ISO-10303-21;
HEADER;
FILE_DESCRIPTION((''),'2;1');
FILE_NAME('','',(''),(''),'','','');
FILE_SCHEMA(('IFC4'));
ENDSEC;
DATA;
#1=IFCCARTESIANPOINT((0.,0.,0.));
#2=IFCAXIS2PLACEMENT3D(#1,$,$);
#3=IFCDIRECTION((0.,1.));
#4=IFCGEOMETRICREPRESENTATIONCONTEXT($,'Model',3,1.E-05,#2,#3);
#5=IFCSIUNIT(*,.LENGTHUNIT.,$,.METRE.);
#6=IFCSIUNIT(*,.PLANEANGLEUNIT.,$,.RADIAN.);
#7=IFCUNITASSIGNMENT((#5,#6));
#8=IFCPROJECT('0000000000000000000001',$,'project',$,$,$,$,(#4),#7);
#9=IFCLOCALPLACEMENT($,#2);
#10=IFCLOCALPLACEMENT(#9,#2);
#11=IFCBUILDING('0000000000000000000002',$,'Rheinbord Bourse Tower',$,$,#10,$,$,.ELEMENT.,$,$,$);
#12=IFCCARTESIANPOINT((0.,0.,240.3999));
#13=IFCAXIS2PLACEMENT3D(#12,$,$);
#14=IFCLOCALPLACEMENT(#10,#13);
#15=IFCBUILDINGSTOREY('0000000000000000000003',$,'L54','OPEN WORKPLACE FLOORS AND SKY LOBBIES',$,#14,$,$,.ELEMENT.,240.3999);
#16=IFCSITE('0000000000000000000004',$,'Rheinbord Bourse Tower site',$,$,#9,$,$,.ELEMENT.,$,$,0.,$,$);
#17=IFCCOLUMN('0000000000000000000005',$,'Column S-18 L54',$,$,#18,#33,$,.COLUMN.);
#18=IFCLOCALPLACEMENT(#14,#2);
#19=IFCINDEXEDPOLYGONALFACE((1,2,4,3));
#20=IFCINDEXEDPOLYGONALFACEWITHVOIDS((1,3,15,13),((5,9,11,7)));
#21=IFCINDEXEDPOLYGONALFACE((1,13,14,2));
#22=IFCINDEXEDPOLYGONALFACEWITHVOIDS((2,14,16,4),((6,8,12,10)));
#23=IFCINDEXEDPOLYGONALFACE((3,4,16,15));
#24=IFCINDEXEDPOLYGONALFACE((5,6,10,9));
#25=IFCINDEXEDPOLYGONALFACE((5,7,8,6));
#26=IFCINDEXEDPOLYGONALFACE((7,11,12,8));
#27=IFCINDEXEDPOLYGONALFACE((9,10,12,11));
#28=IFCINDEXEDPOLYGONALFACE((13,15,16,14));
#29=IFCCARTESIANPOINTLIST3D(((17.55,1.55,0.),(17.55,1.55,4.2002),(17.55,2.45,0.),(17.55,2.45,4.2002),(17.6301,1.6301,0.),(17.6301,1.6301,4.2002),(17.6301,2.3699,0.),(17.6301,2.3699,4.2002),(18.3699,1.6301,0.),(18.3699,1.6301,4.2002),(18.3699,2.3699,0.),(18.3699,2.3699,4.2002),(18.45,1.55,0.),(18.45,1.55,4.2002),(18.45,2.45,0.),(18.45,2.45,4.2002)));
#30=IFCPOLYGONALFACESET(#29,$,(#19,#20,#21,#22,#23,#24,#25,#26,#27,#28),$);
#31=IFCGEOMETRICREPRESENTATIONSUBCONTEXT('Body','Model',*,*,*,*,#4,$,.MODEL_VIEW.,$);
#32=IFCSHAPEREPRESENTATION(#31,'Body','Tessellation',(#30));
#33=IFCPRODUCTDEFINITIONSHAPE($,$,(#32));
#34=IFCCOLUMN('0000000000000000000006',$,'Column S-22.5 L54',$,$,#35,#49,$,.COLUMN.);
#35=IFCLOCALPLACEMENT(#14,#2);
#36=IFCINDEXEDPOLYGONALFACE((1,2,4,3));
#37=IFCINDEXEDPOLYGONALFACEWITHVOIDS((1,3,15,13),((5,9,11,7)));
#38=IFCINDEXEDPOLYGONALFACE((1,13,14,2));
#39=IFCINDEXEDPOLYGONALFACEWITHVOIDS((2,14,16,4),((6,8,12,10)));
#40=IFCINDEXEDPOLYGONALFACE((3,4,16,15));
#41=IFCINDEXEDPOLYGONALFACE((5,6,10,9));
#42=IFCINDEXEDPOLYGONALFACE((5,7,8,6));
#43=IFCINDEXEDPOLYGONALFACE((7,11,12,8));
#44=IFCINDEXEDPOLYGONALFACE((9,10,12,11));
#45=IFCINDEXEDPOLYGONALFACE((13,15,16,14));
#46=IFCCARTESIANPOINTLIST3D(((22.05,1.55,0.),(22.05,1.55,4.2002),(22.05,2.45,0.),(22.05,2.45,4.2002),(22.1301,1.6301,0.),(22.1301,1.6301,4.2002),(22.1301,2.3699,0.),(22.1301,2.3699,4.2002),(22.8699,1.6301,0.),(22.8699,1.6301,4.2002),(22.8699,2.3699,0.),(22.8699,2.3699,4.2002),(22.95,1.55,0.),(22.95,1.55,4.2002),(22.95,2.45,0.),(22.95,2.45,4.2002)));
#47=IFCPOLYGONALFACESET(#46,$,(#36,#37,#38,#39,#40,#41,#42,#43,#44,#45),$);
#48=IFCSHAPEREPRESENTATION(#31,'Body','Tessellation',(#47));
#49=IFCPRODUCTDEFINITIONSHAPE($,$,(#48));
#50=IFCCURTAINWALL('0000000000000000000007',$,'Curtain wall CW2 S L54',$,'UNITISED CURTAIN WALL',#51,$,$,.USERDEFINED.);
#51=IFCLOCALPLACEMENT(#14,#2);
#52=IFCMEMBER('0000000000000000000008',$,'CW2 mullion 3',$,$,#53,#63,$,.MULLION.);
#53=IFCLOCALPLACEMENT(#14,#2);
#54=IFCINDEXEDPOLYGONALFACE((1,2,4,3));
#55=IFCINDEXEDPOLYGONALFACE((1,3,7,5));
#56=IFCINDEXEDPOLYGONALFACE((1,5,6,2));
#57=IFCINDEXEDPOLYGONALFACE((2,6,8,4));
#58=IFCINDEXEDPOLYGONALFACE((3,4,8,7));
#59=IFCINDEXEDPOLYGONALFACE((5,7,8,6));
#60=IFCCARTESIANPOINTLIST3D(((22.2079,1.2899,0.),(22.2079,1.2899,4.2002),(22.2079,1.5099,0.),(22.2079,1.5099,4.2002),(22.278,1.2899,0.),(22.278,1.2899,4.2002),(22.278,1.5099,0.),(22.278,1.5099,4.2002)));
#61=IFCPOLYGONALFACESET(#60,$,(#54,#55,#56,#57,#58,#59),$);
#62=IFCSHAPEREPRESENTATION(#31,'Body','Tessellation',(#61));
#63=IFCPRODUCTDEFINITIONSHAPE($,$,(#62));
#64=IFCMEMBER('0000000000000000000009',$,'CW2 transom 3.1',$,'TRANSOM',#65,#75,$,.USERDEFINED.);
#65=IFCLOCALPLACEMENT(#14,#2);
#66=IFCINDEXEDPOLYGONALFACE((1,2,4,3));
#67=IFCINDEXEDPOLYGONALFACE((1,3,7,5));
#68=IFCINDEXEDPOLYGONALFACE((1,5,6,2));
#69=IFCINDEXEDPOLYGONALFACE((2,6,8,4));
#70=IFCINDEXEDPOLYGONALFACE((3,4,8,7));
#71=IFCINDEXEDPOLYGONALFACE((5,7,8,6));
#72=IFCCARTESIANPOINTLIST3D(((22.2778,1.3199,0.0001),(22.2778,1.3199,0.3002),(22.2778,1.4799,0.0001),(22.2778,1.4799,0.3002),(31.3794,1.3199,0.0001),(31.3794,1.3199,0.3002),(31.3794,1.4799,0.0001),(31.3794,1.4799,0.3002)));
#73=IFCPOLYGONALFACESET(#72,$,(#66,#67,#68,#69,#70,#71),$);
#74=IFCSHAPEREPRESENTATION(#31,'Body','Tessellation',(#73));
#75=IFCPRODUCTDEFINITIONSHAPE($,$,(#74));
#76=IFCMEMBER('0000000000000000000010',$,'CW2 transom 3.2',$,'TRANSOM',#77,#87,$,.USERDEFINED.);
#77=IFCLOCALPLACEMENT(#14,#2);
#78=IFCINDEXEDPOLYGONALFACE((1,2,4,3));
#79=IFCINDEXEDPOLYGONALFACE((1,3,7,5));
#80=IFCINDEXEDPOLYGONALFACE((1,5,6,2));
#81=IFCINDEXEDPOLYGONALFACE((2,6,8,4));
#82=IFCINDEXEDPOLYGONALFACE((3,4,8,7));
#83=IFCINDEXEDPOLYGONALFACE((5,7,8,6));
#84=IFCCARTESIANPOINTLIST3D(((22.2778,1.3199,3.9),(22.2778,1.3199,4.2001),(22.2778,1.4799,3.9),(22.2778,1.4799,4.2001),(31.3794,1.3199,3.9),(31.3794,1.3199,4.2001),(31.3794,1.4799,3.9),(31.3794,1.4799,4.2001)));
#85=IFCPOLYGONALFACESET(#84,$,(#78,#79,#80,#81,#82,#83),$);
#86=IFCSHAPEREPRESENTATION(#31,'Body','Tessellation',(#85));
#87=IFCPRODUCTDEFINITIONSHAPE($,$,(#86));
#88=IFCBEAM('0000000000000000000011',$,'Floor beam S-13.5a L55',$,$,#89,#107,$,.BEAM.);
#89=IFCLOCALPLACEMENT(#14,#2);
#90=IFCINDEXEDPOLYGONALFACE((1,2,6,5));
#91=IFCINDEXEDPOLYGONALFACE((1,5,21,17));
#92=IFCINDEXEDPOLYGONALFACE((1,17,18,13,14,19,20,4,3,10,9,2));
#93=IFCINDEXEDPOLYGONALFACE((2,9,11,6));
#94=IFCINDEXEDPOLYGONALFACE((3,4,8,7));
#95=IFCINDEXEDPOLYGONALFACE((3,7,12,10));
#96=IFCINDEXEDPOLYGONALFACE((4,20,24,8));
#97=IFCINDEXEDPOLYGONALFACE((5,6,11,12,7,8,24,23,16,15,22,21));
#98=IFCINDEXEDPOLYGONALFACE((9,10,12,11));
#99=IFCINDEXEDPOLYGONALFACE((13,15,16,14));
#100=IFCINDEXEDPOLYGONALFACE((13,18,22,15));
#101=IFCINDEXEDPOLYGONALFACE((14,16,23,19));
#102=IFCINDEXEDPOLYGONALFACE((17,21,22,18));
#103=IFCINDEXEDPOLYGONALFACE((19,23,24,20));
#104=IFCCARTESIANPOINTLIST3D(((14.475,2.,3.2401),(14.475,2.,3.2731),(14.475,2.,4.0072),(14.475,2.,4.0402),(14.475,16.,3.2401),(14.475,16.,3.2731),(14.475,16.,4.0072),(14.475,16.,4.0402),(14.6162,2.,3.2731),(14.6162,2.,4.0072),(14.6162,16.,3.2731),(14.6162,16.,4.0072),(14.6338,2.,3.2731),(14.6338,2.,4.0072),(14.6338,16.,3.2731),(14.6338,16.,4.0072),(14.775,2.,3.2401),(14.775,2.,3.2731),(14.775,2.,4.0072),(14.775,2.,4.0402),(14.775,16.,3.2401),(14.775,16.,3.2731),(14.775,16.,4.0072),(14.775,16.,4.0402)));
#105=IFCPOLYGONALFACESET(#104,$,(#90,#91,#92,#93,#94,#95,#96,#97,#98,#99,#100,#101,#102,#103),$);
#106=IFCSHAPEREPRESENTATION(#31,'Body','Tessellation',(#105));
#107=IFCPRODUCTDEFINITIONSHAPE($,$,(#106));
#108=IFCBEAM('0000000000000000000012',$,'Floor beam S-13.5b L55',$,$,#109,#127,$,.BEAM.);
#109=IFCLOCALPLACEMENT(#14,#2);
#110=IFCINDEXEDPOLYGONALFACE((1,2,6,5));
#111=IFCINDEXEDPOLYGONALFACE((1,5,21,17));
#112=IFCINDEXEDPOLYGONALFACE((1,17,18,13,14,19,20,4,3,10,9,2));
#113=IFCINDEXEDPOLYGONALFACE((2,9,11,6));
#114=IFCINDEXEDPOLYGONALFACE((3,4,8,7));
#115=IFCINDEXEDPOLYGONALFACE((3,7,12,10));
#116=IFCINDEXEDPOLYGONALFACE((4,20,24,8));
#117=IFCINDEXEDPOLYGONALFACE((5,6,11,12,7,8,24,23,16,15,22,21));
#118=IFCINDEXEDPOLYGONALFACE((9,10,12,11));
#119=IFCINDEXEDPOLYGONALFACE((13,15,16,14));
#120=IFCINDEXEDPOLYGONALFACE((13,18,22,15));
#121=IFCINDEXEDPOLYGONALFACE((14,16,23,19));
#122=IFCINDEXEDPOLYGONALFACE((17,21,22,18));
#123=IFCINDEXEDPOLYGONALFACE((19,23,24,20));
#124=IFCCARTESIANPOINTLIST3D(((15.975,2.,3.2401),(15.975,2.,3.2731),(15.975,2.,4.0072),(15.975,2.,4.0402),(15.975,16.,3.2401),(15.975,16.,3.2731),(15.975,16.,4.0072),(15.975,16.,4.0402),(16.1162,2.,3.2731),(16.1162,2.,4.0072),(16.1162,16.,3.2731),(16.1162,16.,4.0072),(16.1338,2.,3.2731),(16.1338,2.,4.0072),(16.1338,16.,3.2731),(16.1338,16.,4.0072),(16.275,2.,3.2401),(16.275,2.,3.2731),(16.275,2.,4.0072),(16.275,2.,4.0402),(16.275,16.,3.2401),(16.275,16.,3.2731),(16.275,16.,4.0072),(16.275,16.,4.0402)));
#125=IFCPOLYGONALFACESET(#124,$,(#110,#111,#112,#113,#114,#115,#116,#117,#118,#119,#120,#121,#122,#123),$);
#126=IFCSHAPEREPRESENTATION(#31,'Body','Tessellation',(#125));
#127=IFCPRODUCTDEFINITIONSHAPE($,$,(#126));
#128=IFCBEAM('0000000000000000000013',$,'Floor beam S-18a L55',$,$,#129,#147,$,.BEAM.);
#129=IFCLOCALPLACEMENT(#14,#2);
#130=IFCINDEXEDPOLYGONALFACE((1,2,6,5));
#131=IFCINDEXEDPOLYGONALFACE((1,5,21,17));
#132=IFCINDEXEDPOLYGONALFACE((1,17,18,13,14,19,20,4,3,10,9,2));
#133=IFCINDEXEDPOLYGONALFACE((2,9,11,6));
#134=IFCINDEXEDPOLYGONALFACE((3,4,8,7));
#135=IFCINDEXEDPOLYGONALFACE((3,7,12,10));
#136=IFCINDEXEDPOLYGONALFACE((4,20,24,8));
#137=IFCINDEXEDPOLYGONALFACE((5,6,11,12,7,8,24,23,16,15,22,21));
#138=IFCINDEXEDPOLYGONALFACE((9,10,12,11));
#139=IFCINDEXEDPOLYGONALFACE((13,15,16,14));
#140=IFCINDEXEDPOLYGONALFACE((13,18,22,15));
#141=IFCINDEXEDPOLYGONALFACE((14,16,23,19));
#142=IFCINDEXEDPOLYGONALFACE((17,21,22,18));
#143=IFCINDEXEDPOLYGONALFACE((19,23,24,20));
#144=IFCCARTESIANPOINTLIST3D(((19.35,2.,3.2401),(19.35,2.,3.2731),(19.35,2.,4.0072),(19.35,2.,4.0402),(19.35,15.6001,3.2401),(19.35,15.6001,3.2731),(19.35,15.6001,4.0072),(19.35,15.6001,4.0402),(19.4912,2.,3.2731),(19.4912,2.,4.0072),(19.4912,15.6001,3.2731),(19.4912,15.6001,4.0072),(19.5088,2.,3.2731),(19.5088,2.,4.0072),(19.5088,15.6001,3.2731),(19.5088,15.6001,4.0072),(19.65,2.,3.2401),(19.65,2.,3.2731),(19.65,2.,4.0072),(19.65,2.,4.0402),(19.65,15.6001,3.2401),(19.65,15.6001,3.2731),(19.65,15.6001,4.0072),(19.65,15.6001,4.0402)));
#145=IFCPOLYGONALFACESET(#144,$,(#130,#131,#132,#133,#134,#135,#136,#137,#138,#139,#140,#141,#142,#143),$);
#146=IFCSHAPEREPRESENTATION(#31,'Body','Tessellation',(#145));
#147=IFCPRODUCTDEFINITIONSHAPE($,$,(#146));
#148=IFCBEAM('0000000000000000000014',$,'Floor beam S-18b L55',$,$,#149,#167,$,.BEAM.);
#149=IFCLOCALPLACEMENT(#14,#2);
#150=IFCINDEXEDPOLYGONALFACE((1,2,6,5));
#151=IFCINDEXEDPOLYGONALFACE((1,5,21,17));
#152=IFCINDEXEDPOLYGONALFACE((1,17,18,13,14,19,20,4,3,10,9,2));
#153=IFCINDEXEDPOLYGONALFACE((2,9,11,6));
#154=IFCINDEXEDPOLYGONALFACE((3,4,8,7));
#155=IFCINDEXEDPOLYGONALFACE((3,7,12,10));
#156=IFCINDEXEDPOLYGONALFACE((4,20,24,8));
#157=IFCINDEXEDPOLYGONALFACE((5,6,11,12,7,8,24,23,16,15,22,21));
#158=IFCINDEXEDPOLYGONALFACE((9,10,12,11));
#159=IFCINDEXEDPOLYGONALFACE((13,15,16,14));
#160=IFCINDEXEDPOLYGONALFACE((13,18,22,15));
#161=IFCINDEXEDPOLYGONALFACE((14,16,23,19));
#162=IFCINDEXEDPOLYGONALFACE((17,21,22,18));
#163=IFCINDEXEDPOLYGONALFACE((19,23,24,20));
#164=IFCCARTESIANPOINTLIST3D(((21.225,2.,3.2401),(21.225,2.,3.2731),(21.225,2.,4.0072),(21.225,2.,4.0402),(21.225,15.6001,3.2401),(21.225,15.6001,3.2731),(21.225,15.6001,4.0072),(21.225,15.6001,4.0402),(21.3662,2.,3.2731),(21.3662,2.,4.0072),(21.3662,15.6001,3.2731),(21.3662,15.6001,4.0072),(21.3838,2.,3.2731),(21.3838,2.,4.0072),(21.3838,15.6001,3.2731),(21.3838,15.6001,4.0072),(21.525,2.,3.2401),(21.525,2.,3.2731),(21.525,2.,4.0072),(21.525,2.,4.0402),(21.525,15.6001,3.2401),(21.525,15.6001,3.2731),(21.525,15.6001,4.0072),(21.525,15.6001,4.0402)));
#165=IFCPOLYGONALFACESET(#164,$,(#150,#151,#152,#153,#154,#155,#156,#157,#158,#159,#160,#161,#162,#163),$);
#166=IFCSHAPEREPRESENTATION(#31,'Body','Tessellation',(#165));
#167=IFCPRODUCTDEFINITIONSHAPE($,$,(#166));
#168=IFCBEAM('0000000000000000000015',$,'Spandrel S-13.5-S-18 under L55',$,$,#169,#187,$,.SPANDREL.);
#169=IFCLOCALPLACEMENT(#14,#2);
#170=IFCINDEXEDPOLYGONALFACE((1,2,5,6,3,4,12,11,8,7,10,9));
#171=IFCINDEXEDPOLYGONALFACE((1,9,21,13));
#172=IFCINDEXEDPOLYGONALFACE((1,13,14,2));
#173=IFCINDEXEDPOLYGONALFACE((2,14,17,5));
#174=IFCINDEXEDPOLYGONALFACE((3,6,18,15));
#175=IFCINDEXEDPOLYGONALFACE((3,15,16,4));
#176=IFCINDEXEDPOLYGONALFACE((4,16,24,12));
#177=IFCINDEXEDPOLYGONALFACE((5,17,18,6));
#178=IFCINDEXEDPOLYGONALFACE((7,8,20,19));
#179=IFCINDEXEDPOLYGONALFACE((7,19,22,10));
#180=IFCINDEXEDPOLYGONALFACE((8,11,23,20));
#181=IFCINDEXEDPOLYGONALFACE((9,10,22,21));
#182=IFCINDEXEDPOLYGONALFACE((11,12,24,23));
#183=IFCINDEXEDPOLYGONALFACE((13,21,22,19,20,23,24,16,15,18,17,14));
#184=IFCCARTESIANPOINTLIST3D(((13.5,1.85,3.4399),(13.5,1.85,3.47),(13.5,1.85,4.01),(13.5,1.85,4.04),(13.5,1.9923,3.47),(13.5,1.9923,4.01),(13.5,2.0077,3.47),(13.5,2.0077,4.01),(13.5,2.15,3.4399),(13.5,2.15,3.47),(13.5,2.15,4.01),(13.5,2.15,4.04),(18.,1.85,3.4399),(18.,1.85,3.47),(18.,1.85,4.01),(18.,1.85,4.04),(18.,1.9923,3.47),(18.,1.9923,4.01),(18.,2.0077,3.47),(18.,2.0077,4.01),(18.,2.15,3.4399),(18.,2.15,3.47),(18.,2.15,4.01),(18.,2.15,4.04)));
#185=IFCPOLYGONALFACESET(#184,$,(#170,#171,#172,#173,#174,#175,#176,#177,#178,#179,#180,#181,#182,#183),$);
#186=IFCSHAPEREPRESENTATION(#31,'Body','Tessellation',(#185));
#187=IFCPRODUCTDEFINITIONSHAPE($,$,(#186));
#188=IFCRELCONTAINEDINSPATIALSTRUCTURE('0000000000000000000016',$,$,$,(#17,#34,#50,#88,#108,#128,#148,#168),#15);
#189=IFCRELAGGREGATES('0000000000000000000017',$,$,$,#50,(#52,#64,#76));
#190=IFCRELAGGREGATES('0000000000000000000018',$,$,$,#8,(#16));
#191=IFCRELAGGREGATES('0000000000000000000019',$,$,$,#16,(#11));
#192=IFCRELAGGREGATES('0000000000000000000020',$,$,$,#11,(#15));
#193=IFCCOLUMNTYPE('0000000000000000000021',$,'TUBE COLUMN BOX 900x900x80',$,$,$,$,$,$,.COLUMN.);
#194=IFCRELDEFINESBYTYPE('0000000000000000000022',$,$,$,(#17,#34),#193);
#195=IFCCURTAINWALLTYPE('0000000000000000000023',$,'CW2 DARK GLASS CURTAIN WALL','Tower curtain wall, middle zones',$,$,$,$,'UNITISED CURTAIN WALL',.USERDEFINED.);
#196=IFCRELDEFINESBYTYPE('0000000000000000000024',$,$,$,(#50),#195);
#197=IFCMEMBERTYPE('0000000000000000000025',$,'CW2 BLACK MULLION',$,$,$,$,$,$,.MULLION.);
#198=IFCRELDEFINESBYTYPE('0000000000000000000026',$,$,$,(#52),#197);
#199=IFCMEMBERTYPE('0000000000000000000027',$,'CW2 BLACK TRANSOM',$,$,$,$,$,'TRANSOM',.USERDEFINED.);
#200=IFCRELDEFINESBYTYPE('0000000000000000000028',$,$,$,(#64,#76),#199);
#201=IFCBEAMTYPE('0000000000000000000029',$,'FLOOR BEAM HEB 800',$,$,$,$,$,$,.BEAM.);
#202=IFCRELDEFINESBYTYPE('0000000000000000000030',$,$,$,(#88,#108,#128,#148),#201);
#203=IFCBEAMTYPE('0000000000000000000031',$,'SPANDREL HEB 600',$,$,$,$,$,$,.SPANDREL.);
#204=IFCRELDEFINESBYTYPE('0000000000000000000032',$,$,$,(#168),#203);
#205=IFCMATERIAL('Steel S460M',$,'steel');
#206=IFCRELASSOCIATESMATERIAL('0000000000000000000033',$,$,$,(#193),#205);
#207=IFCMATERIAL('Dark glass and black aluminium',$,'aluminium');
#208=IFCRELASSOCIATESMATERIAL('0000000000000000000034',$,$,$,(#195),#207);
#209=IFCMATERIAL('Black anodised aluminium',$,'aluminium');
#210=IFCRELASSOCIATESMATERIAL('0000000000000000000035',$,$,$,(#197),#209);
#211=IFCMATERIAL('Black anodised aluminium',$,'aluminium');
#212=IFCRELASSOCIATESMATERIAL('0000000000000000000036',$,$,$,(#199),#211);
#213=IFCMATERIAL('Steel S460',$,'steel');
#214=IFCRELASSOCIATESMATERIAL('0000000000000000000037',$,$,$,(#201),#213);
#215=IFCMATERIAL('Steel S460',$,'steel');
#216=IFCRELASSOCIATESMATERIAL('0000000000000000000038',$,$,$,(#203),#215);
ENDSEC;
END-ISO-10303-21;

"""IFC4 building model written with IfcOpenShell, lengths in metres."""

from ifc_helpers import new_model, si_unit, direction, frame, origin, origin_2d, place, context, subcontext, project, spatial, rectangle, hollow_rectangle, i_section, extrude, material, material_profile, profile_set, type_object, element, aggregate, save


model = new_model("IFC4")

# Units and contexts
model_context = context("Model", 3, precision=1e-05, world=origin(), true_north=direction((0.0, 1.0)))
body_context = subcontext(model_context, "Body", "Model", "MODEL_VIEW")
ifc_project = project(units=[si_unit("LENGTHUNIT", "METRE"), si_unit("PLANEANGLEUNIT", "RADIAN")], contexts=[model_context])

# Site, building, storey
site_placement = place(None, origin())
site = spatial("IfcSite", under=ifc_project, at=site_placement, Name="Rheinbord Bourse Tower site", CompositionType="ELEMENT", RefElevation=0.0)
building_placement = place(site_placement, origin())
building = spatial("IfcBuilding", under=site, at=building_placement, Name="Rheinbord Bourse Tower", CompositionType="ELEMENT")
storey_placement = place(building_placement, frame((0.0, 0.0, 240.3999)))
storey = spatial("IfcBuildingStorey", under=building, at=storey_placement, Name="L54", Description="OPEN WORKPLACE FLOORS AND SKY LOBBIES", CompositionType="ELEMENT", Elevation=240.3999)

# Columns
ifc_material_1 = material(Name="Steel S460M", Category="steel")
ifc_material_profile_1 = material_profile(ifc_material_1, hollow_rectangle(XDim=0.8999, YDim=0.8999, WallThickness=0.0801, at=origin_2d()), Name="BOX 900x900x80")
ifc_profile_set_1 = profile_set([ifc_material_profile_1], Name="Steel S460M")
column_type = type_object("IfcColumnType", Name="TUBE COLUMN BOX 900x900x80", PredefinedType="COLUMN", material=ifc_profile_set_1)
for number, where, z_axis, x_axis, name in (
    (1, (18.0, 2.0, 0.0), (0.0, 0.0, 1.0), (0.0, 1.0, 0.0), "Column S-18 L54"),
    (2, (22.5, 2.0, 0.0), (0.0, 0.0, 1.0), (0.0, 1.0, 0.0), "Column S-22.5 L54"),
):
    element("IfcColumn", number, at=place(storey_placement, frame(where, z_axis=z_axis, x_axis=x_axis)), inside=storey, type_object=column_type, Name=name, PredefinedType="COLUMN", context=body_context, shape_type="SweptSolid", body=[
        extrude(hollow_rectangle(XDim=0.8999, YDim=0.8999, WallThickness=0.0801, at=origin_2d()), origin(), (0.0, 0.0, 1.0), 4.2002),
    ])

# Curtain wall, members
ifc_material_2 = material(Name="Dark glass and black aluminium", Category="aluminium")
curtain_wall_type = type_object("IfcCurtainWallType", Name="CW2 DARK GLASS CURTAIN WALL", Description="Tower curtain wall, middle zones", ElementType="UNITISED CURTAIN WALL", PredefinedType="USERDEFINED", material=ifc_material_2)
curtain_wall_placement = place(storey_placement, origin())
curtain_wall = element("IfcCurtainWall", 3, at=curtain_wall_placement, inside=storey, type_object=curtain_wall_type, Name="Curtain wall CW2 S L54", ObjectType="UNITISED CURTAIN WALL", PredefinedType="USERDEFINED")
ifc_material_3 = material(Name="Black anodised aluminium", Category="aluminium")
ifc_material_profile_2 = material_profile(ifc_material_3, rectangle(XDim=0.22, YDim=0.0701, at=origin_2d()), Name="CW2 MULLION 70x220")
ifc_profile_set_2 = profile_set([ifc_material_profile_2], Name="Black anodised aluminium")
member_type_1 = type_object("IfcMemberType", Name="CW2 BLACK MULLION", PredefinedType="MULLION", material=ifc_profile_set_2)
member_1_placement = place(storey_placement, frame((22.2429, 1.3999, 0.0), z_axis=(0.0, 0.0, 1.0), x_axis=(0.0, 1.0, 0.0)))
member_1 = element("IfcMember", 4, at=member_1_placement, type_object=member_type_1, Name="CW2 mullion 3", PredefinedType="MULLION", context=body_context, shape_type="SweptSolid", body=[
    extrude(rectangle(XDim=0.22, YDim=0.0701, at=origin_2d()), origin(), (0.0, 0.0, 1.0), 4.2002),
])
ifc_material_4 = material(Name="Black anodised aluminium", Category="aluminium")
ifc_material_profile_3 = material_profile(ifc_material_4, rectangle(XDim=0.1599, YDim=0.3, at=origin_2d()), Name="CW2 TRANSOM 300x160")
ifc_profile_set_3 = profile_set([ifc_material_profile_3], Name="Black anodised aluminium")
member_type_2 = type_object("IfcMemberType", Name="CW2 BLACK TRANSOM", ElementType="TRANSOM", PredefinedType="USERDEFINED", material=ifc_profile_set_3)
member_2_placement = place(storey_placement, frame((22.2778, 1.3999, 0.1501), z_axis=(1.0, 0.0, 0.0), x_axis=(0.0, 1.0, 0.0)))
member_2 = element("IfcMember", 5, at=member_2_placement, type_object=member_type_2, Name="CW2 transom 3.1", ObjectType="TRANSOM", PredefinedType="USERDEFINED", context=body_context, shape_type="SweptSolid", body=[
    extrude(rectangle(XDim=0.1599, YDim=0.3, at=origin_2d()), origin(), (0.0, 0.0, 1.0), 9.1016),
])
member_3_placement = place(storey_placement, frame((22.2778, 1.3999, 4.05), z_axis=(1.0, 0.0, 0.0), x_axis=(0.0, 1.0, 0.0)))
member_3 = element("IfcMember", 6, at=member_3_placement, type_object=member_type_2, Name="CW2 transom 3.2", ObjectType="TRANSOM", PredefinedType="USERDEFINED", context=body_context, shape_type="SweptSolid", body=[
    extrude(rectangle(XDim=0.1599, YDim=0.3, at=origin_2d()), origin(), (0.0, 0.0, 1.0), 9.1016),
])

# Beams
ifc_material_5 = material(Name="Steel S460", Category="steel")
ifc_material_profile_4 = material_profile(ifc_material_5, i_section(OverallWidth=0.3, OverallDepth=0.8, WebThickness=0.0176, FlangeThickness=0.033, at=origin_2d()), Name="HEB 800")
ifc_profile_set_4 = profile_set([ifc_material_profile_4], Name="Steel S460")
beam_type_1 = type_object("IfcBeamType", Name="FLOOR BEAM HEB 800", PredefinedType="BEAM", material=ifc_profile_set_4)
for number, where, z_axis, x_axis, name in (
    (7, (14.625, 2.0, 3.6401), (0.0, 1.0, 0.0), (-1.0, 0.0, 0.0), "Floor beam S-13.5a L55"),
    (8, (16.125, 2.0, 3.6401), (0.0, 1.0, 0.0), (-1.0, 0.0, 0.0), "Floor beam S-13.5b L55"),
):
    element("IfcBeam", number, at=place(storey_placement, frame(where, z_axis=z_axis, x_axis=x_axis)), inside=storey, type_object=beam_type_1, Name=name, PredefinedType="BEAM", context=body_context, shape_type="SweptSolid", body=[
        extrude(i_section(OverallWidth=0.3, OverallDepth=0.8, WebThickness=0.0176, FlangeThickness=0.033, at=origin_2d()), origin(), (0.0, 0.0, 1.0), 14.0),
    ])
for number, where, z_axis, x_axis, name in (
    (9, (19.5, 2.0, 3.6401), (0.0, 1.0, 0.0), (-1.0, 0.0, 0.0), "Floor beam S-18a L55"),
    (10, (21.375, 2.0, 3.6401), (0.0, 1.0, 0.0), (-1.0, 0.0, 0.0), "Floor beam S-18b L55"),
):
    element("IfcBeam", number, at=place(storey_placement, frame(where, z_axis=z_axis, x_axis=x_axis)), inside=storey, type_object=beam_type_1, Name=name, PredefinedType="BEAM", context=body_context, shape_type="SweptSolid", body=[
        extrude(i_section(OverallWidth=0.3, OverallDepth=0.8, WebThickness=0.0176, FlangeThickness=0.033, at=origin_2d()), origin(), (0.0, 0.0, 1.0), 13.6001),
    ])
ifc_material_6 = material(Name="Steel S460", Category="steel")
ifc_material_profile_5 = material_profile(ifc_material_6, i_section(OverallWidth=0.3, OverallDepth=0.6001, WebThickness=0.0154, FlangeThickness=0.03, at=origin_2d()), Name="HEB 600")
ifc_profile_set_5 = profile_set([ifc_material_profile_5], Name="Steel S460")
beam_type_2 = type_object("IfcBeamType", Name="SPANDREL HEB 600", PredefinedType="SPANDREL", material=ifc_profile_set_5)
for number, where, z_axis, x_axis, name in (
    (11, (13.5, 2.0, 3.74), (1.0, 0.0, 0.0), (0.0, 1.0, 0.0), "Spandrel S-13.5-S-18 under L55"),
):
    element("IfcBeam", number, at=place(storey_placement, frame(where, z_axis=z_axis, x_axis=x_axis)), inside=storey, type_object=beam_type_2, Name=name, PredefinedType="SPANDREL", context=body_context, shape_type="SweptSolid", body=[
        extrude(i_section(OverallWidth=0.3, OverallDepth=0.6001, WebThickness=0.0154, FlangeThickness=0.03, at=origin_2d()), origin(), (0.0, 0.0, 1.0), 4.5),
    ])

aggregate(curtain_wall, [member_1, member_2, member_3])

save(model, "model.ifc")
